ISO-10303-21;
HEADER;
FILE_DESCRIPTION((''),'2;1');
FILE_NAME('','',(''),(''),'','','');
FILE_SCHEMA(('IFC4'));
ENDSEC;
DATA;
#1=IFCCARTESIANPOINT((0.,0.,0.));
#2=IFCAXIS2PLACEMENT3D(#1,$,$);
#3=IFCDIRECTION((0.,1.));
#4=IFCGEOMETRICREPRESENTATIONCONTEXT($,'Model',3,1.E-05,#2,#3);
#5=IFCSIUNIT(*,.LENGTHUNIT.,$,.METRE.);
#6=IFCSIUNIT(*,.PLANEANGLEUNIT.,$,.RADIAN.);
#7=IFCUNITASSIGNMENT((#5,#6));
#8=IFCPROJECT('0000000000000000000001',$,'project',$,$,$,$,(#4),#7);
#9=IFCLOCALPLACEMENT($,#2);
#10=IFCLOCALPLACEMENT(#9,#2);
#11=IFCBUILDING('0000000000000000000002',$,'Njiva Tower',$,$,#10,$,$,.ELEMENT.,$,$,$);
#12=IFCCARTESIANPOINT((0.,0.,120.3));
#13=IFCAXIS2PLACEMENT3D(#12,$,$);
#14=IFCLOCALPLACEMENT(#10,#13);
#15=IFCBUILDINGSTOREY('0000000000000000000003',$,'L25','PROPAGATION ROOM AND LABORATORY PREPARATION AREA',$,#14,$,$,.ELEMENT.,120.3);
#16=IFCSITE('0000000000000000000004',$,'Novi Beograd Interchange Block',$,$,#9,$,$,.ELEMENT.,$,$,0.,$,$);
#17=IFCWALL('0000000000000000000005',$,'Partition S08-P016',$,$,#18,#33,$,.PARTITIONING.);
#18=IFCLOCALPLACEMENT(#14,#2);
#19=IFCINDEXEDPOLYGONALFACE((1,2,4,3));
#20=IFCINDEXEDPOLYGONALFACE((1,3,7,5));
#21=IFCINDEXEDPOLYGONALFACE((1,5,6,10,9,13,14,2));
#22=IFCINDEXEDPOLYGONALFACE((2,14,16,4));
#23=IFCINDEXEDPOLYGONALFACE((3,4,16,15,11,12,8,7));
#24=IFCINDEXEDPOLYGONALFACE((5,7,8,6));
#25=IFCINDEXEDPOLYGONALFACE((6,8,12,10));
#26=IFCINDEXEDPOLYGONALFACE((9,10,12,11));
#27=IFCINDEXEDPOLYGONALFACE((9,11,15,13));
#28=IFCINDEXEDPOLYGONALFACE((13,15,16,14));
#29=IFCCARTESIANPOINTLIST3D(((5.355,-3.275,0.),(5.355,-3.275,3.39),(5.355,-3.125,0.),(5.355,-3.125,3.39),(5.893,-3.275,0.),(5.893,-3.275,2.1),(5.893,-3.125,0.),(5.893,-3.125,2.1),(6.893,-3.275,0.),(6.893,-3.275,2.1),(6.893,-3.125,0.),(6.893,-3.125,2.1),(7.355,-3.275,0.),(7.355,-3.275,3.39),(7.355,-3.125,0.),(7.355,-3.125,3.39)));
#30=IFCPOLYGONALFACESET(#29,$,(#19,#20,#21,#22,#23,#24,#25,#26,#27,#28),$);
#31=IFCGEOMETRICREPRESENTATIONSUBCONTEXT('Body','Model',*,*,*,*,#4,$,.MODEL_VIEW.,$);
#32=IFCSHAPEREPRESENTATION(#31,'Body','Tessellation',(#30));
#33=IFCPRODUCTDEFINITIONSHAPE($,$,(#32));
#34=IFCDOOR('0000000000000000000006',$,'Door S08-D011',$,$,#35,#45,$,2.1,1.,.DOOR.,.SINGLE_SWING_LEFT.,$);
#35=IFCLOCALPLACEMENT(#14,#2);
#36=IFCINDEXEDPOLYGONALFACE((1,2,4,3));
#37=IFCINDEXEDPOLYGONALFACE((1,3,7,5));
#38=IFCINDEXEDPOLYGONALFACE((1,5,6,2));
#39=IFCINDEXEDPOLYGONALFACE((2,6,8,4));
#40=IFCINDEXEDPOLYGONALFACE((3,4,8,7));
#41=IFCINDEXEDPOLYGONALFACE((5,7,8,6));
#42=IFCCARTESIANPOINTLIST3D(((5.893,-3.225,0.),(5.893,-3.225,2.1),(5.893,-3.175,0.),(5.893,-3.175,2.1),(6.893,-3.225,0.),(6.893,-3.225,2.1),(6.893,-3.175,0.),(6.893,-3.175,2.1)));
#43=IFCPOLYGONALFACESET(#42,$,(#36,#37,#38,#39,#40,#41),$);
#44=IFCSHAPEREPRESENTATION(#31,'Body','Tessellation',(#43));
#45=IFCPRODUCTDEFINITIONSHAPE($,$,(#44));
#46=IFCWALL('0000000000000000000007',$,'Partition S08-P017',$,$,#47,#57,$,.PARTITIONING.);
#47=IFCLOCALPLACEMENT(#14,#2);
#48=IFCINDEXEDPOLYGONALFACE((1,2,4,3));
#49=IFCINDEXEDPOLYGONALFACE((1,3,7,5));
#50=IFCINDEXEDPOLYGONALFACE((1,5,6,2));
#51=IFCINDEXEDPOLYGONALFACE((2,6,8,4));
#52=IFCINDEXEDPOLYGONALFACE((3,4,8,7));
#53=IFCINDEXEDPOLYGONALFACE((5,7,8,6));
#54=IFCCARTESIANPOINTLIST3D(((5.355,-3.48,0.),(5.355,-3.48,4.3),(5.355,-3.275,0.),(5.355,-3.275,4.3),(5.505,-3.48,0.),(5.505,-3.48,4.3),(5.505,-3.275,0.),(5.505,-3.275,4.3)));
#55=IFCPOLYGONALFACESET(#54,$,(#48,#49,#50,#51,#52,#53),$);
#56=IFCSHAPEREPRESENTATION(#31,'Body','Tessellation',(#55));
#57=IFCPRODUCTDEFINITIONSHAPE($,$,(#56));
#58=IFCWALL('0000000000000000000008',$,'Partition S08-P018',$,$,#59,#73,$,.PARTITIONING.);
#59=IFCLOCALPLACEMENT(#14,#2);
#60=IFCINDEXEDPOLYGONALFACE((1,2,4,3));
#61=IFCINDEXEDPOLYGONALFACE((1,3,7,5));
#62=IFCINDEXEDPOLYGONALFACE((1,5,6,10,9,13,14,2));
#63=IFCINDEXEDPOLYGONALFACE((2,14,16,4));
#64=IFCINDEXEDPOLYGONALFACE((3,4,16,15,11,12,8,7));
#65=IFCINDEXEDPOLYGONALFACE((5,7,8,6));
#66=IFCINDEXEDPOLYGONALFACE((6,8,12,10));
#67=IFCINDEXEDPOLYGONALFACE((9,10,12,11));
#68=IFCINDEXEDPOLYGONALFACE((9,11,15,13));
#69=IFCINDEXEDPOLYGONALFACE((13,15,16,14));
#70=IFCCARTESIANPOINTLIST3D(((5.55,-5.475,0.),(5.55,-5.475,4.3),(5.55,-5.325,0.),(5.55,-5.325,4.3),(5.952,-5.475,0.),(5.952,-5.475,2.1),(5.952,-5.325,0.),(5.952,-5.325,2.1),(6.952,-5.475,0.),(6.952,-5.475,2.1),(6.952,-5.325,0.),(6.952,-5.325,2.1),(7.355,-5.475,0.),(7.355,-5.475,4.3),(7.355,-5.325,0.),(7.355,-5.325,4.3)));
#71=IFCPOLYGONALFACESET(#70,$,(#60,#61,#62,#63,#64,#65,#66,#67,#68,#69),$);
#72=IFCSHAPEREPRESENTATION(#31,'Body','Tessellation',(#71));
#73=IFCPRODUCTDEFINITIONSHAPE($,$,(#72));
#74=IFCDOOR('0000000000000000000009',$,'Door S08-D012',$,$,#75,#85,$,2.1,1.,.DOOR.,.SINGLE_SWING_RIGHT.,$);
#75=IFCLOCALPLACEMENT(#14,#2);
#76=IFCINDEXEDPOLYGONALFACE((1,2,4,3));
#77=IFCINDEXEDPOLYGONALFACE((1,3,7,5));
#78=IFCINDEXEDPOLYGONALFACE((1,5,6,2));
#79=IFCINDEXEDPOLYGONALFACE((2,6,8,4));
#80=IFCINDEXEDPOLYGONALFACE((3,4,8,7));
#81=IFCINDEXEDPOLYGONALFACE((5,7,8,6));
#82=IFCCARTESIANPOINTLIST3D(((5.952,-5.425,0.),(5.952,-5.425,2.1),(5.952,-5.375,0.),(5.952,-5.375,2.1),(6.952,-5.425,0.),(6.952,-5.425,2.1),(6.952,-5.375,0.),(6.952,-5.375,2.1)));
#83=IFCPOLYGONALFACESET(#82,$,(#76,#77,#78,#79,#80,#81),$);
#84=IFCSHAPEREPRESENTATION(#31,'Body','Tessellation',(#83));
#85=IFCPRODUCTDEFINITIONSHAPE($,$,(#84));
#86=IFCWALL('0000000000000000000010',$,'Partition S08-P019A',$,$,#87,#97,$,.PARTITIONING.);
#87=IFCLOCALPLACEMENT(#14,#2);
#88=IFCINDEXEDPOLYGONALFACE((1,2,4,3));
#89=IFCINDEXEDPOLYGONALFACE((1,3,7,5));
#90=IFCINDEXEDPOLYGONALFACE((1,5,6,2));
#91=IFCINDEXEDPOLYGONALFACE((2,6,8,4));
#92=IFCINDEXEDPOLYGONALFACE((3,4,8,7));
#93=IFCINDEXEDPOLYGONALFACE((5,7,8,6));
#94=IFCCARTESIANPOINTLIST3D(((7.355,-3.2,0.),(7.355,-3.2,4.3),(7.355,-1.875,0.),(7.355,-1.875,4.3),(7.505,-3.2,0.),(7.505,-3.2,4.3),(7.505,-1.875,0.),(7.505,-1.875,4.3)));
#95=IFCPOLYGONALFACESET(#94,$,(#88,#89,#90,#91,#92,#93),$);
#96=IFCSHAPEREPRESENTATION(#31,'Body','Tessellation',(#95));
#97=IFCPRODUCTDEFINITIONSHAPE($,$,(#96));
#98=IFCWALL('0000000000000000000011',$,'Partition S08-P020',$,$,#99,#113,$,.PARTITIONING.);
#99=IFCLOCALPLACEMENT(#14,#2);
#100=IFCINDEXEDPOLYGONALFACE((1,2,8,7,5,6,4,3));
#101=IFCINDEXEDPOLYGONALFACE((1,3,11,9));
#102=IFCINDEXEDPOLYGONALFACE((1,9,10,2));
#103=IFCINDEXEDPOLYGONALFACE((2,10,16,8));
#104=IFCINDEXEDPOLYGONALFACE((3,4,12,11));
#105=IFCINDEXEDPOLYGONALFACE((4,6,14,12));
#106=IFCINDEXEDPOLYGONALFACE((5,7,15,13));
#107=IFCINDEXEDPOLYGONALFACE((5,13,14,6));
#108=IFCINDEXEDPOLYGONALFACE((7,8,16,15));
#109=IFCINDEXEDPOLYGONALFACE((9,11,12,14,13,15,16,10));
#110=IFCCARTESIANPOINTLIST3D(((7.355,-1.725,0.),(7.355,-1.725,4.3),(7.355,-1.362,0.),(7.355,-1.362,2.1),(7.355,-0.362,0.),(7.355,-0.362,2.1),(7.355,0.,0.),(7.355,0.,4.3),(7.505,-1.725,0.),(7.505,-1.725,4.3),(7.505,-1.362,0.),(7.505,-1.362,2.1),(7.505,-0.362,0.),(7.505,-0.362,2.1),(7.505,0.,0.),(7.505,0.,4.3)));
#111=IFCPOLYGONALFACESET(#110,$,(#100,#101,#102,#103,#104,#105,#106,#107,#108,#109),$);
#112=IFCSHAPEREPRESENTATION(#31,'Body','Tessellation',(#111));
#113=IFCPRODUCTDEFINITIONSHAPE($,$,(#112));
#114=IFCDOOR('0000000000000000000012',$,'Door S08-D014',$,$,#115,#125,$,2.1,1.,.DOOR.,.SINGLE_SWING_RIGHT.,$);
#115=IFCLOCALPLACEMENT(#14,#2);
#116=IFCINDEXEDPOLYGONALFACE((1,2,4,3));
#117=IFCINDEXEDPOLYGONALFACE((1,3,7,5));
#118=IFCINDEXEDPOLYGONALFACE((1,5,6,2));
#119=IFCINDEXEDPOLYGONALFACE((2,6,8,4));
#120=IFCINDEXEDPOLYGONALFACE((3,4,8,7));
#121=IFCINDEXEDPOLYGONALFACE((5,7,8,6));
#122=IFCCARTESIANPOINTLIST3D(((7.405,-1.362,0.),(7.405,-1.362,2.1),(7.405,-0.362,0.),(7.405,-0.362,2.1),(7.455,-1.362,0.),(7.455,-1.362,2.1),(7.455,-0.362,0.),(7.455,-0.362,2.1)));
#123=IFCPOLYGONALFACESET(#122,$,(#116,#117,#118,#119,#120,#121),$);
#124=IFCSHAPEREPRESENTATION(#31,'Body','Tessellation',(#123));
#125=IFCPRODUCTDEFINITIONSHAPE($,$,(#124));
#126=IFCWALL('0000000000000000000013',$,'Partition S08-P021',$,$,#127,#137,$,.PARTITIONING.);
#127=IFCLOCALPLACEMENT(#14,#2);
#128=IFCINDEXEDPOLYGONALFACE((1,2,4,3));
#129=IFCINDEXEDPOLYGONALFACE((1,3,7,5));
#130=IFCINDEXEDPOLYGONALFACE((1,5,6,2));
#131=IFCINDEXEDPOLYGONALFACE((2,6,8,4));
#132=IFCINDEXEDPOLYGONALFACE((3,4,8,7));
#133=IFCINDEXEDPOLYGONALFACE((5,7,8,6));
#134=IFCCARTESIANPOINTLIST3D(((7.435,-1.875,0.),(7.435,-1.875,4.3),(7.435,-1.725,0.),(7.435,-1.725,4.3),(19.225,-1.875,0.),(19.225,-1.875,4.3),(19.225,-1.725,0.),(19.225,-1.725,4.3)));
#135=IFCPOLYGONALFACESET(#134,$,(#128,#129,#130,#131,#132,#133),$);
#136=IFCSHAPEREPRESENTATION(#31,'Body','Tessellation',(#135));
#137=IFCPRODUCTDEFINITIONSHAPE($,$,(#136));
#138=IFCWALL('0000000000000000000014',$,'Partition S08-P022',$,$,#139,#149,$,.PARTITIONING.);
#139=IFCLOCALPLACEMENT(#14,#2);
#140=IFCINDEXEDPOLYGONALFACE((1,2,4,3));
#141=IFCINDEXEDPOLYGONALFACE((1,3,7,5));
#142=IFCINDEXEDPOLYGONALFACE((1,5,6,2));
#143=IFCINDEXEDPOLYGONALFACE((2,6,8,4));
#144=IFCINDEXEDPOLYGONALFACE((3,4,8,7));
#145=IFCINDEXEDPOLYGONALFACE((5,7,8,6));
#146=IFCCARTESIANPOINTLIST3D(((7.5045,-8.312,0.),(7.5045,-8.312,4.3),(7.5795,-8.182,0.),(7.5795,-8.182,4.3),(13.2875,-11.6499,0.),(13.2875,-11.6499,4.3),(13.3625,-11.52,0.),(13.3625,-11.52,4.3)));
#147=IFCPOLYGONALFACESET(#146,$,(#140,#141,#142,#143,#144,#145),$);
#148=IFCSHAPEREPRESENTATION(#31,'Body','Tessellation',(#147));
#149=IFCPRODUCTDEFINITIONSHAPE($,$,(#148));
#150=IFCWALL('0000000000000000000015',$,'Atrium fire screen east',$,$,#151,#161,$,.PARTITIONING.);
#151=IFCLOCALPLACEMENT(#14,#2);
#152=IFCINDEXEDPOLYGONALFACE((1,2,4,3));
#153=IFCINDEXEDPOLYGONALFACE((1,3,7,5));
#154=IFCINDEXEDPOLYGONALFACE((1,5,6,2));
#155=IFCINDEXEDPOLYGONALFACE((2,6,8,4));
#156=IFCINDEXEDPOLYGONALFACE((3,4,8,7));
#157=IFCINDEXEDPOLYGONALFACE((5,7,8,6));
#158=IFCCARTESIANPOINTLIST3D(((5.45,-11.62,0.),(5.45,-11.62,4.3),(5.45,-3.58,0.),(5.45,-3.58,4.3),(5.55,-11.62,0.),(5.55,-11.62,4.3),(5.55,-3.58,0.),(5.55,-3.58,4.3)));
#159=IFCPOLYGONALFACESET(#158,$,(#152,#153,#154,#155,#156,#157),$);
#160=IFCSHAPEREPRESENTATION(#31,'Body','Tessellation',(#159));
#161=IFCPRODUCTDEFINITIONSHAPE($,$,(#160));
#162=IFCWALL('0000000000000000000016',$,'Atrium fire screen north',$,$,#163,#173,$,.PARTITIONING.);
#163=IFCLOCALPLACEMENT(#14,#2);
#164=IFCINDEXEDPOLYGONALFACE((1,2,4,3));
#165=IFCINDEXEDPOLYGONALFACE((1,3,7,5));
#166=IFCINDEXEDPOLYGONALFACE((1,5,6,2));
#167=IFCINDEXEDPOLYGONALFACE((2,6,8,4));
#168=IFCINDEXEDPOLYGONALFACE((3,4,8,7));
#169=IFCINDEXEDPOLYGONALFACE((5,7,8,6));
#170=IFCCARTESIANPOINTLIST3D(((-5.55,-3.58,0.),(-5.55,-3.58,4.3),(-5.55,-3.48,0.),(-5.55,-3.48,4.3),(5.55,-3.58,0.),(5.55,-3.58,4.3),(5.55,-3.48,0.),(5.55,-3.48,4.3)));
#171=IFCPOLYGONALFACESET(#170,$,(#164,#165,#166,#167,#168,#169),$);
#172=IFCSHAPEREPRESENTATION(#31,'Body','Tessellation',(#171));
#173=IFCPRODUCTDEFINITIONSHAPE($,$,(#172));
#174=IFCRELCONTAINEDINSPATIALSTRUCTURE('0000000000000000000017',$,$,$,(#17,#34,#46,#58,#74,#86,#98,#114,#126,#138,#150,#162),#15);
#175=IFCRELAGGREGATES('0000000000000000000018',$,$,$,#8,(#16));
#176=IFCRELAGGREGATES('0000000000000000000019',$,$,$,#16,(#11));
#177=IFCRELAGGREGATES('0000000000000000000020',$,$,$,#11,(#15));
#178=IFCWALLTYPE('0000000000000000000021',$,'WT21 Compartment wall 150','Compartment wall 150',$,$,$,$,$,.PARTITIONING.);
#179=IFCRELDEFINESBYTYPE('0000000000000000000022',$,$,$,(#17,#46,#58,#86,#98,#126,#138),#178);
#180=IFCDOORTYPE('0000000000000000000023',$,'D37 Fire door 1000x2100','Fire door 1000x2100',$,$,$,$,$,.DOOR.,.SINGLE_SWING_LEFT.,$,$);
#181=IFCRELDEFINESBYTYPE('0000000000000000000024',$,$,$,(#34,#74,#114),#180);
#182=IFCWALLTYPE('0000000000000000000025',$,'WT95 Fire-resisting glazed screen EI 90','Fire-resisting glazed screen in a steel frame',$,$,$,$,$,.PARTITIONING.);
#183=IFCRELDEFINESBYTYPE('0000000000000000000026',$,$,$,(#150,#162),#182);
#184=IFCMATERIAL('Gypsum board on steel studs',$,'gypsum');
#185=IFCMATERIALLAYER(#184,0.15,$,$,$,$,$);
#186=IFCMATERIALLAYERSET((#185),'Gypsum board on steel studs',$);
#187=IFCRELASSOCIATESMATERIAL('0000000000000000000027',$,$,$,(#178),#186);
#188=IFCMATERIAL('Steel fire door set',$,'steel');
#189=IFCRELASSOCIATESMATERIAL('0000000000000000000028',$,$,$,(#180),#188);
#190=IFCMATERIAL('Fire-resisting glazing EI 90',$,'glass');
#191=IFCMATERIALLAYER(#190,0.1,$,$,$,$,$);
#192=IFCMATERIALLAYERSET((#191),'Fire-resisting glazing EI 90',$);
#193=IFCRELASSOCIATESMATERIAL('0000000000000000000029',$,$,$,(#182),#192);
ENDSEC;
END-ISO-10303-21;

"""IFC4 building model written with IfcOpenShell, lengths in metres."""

from ifc_helpers import new_model, si_unit, direction, frame, frame_2d, origin, place, context, subcontext, project, spatial, rectangle, extrude, material, layer, layer_set, type_object, element, fill, save


model = new_model("IFC4")

# Units and contexts
model_context = context("Model", 3, precision=1e-05, world=origin(), true_north=direction((0.0, 1.0)))
body_context = subcontext(model_context, "Body", "Model", "MODEL_VIEW")
ifc_project = project(units=[si_unit("LENGTHUNIT", "METRE"), si_unit("PLANEANGLEUNIT", "RADIAN")], contexts=[model_context])

# Site, building, storey
site_placement = place(None, origin())
site = spatial("IfcSite", under=ifc_project, at=site_placement, Name="Novi Beograd Interchange Block", CompositionType="ELEMENT", RefElevation=0.0)
building_placement = place(site_placement, origin())
building = spatial("IfcBuilding", under=site, at=building_placement, Name="Njiva Tower", CompositionType="ELEMENT")
storey_placement = place(building_placement, frame((0.0, 0.0, 120.3)))
storey = spatial("IfcBuildingStorey", under=building, at=storey_placement, Name="L25", Description="PROPAGATION ROOM AND LABORATORY PREPARATION AREA", CompositionType="ELEMENT", Elevation=120.3)

# Wall, opening, door
ifc_material_1 = material(Name="Gypsum board on steel studs", Category="gypsum")
ifc_layer_1 = layer(ifc_material_1, 0.15)
ifc_layer_set_1 = layer_set([ifc_layer_1], Name="Gypsum board on steel studs")
wall_type_1 = type_object("IfcWallType", Name="WT21 Compartment wall 150", Description="Compartment wall 150", PredefinedType="PARTITIONING", material=ifc_layer_set_1)
wall_1_placement = place(storey_placement, frame((5.355, -3.2, 0.0), z_axis=(0.0, 0.0, 1.0), x_axis=(1.0, 0.0, 0.0)))
wall_1 = element("IfcWall", 1, at=wall_1_placement, inside=storey, type_object=wall_type_1, Name="Partition S08-P016", PredefinedType="PARTITIONING", context=body_context, shape_type="SweptSolid", body=[
    extrude(rectangle(XDim=2.0, YDim=0.15, at=frame_2d((1.0, 0.0))), origin(), (0.0, 0.0, 1.0), 3.39),
])
opening_1_placement = place(wall_1_placement, frame((0.538, 0.0, 0.0)))
opening_1 = element("IfcOpeningElement", 2, at=opening_1_placement, cuts=wall_1, PredefinedType="OPENING", context=body_context, shape_type="SweptSolid", body=[
    extrude(rectangle(XDim=1.0, YDim=2.1, at=frame_2d((0.5, 1.05))), frame((0.0, 0.085, 0.0), z_axis=(0.0, -1.0, 0.0), x_axis=(1.0, 0.0, 0.0)), (0.0, 0.0, 1.0), 0.17),
])
ifc_material_2 = material(Name="Steel fire door set", Category="steel")
door_type = type_object("IfcDoorType", Name="D37 Fire door 1000x2100", Description="Fire door 1000x2100", OperationType="SINGLE_SWING_LEFT", PredefinedType="DOOR", material=ifc_material_2)
door_1_placement = place(opening_1_placement, origin())
door_1 = element("IfcDoor", 3, at=door_1_placement, inside=storey, type_object=door_type, Name="Door S08-D011", OperationType="SINGLE_SWING_LEFT", OverallHeight=2.1, OverallWidth=1.0, PredefinedType="DOOR", context=body_context, shape_type="SweptSolid", body=[
    extrude(rectangle(XDim=1.0, YDim=2.1, at=frame_2d((0.5, 1.05))), frame((0.0, 0.025, 0.0), z_axis=(0.0, -1.0, 0.0), x_axis=(1.0, 0.0, 0.0)), (0.0, 0.0, 1.0), 0.05),
])
fill(opening_1, door_1)

# Wall
wall_2_placement = place(storey_placement, frame((5.43, -3.48, 0.0), z_axis=(0.0, 0.0, 1.0), x_axis=(0.0, 1.0, 0.0)))
element("IfcWall", 4, at=wall_2_placement, inside=storey, type_object=wall_type_1, Name="Partition S08-P017", PredefinedType="PARTITIONING", context=body_context, shape_type="SweptSolid", body=[
    extrude(rectangle(XDim=0.205, YDim=0.15, at=frame_2d((0.1025, 0.0))), origin(), (0.0, 0.0, 1.0), 4.3),
])

# Wall, opening, door
wall_3_placement = place(storey_placement, frame((5.55, -5.4, 0.0), z_axis=(0.0, 0.0, 1.0), x_axis=(1.0, 0.0, 0.0)))
wall_3 = element("IfcWall", 5, at=wall_3_placement, inside=storey, type_object=wall_type_1, Name="Partition S08-P018", PredefinedType="PARTITIONING", context=body_context, shape_type="SweptSolid", body=[
    extrude(rectangle(XDim=1.805, YDim=0.15, at=frame_2d((0.9025, 0.0))), origin(), (0.0, 0.0, 1.0), 4.3),
])
opening_2_placement = place(wall_3_placement, frame((0.402, 0.0, 0.0)))
opening_2 = element("IfcOpeningElement", 6, at=opening_2_placement, cuts=wall_3, PredefinedType="OPENING", context=body_context, shape_type="SweptSolid", body=[
    extrude(rectangle(XDim=1.0, YDim=2.1, at=frame_2d((0.5, 1.05))), frame((0.0, 0.085, 0.0), z_axis=(0.0, -1.0, 0.0), x_axis=(1.0, 0.0, 0.0)), (0.0, 0.0, 1.0), 0.17),
])
door_2_placement = place(opening_2_placement, origin())
door_2 = element("IfcDoor", 7, at=door_2_placement, inside=storey, type_object=door_type, Name="Door S08-D012", OperationType="SINGLE_SWING_RIGHT", OverallHeight=2.1, OverallWidth=1.0, PredefinedType="DOOR", context=body_context, shape_type="SweptSolid", body=[
    extrude(rectangle(XDim=1.0, YDim=2.1, at=frame_2d((0.5, 1.05))), frame((0.0, 0.025, 0.0), z_axis=(0.0, -1.0, 0.0), x_axis=(1.0, 0.0, 0.0)), (0.0, 0.0, 1.0), 0.05),
])
fill(opening_2, door_2)

# Wall
wall_4_placement = place(storey_placement, frame((7.43, -3.2, 0.0), z_axis=(0.0, 0.0, 1.0), x_axis=(0.0, 1.0, 0.0)))
element("IfcWall", 8, at=wall_4_placement, inside=storey, type_object=wall_type_1, Name="Partition S08-P019A", PredefinedType="PARTITIONING", context=body_context, shape_type="SweptSolid", body=[
    extrude(rectangle(XDim=1.325, YDim=0.15, at=frame_2d((0.6625, 0.0))), origin(), (0.0, 0.0, 1.0), 4.3),
])

# Wall, opening, door
wall_5_placement = place(storey_placement, frame((7.43, -1.725, 0.0), z_axis=(0.0, 0.0, 1.0), x_axis=(0.0, 1.0, 0.0)))
wall_5 = element("IfcWall", 9, at=wall_5_placement, inside=storey, type_object=wall_type_1, Name="Partition S08-P020", PredefinedType="PARTITIONING", context=body_context, shape_type="SweptSolid", body=[
    extrude(rectangle(XDim=1.725, YDim=0.15, at=frame_2d((0.8625, 0.0))), origin(), (0.0, 0.0, 1.0), 4.3),
])
opening_3_placement = place(wall_5_placement, frame((0.363, 0.0, 0.0)))
opening_3 = element("IfcOpeningElement", 10, at=opening_3_placement, cuts=wall_5, PredefinedType="OPENING", context=body_context, shape_type="SweptSolid", body=[
    extrude(rectangle(XDim=1.0, YDim=2.1, at=frame_2d((0.5, 1.05))), frame((0.0, 0.085, 0.0), z_axis=(0.0, -1.0, 0.0), x_axis=(1.0, 0.0, 0.0)), (0.0, 0.0, 1.0), 0.17),
])
door_3_placement = place(opening_3_placement, origin())
door_3 = element("IfcDoor", 11, at=door_3_placement, inside=storey, type_object=door_type, Name="Door S08-D014", OperationType="SINGLE_SWING_RIGHT", OverallHeight=2.1, OverallWidth=1.0, PredefinedType="DOOR", context=body_context, shape_type="SweptSolid", body=[
    extrude(rectangle(XDim=1.0, YDim=2.1, at=frame_2d((0.5, 1.05))), frame((0.0, 0.025, 0.0), z_axis=(0.0, -1.0, 0.0), x_axis=(1.0, 0.0, 0.0)), (0.0, 0.0, 1.0), 0.05),
])
fill(opening_3, door_3)

# Walls
wall_6_placement = place(storey_placement, frame((7.435, -1.8, 0.0), z_axis=(0.0, 0.0, 1.0), x_axis=(1.0, 0.0, 0.0)))
element("IfcWall", 12, at=wall_6_placement, inside=storey, type_object=wall_type_1, Name="Partition S08-P021", PredefinedType="PARTITIONING", context=body_context, shape_type="SweptSolid", body=[
    extrude(rectangle(XDim=11.79, YDim=0.15, at=frame_2d((5.895, 0.0))), origin(), (0.0, 0.0, 1.0), 4.3),
])
wall_7_placement = place(storey_placement, frame((7.542, -8.247, 0.0), z_axis=(0.0, 0.0, 1.0), x_axis=(0.866078, -0.499908, 0.0)))
element("IfcWall", 13, at=wall_7_placement, inside=storey, type_object=wall_type_1, Name="Partition S08-P022", PredefinedType="PARTITIONING", context=body_context, shape_type="SweptSolid", body=[
    extrude(rectangle(XDim=6.6772, YDim=0.15, at=frame_2d((3.3386, 0.0))), origin(), (0.0, 0.0, 1.0), 4.3),
])
ifc_material_3 = material(Name="Fire-resisting glazing EI 90", Category="glass")
ifc_layer_2 = layer(ifc_material_3, 0.1)
ifc_layer_set_2 = layer_set([ifc_layer_2], Name="Fire-resisting glazing EI 90")
wall_type_2 = type_object("IfcWallType", Name="WT95 Fire-resisting glazed screen EI 90", Description="Fire-resisting glazed screen in a steel frame", PredefinedType="PARTITIONING", material=ifc_layer_set_2)
wall_8_placement = place(storey_placement, frame((5.5, -11.62, 0.0), z_axis=(0.0, 0.0, 1.0), x_axis=(0.0, 1.0, 0.0)))
element("IfcWall", 14, at=wall_8_placement, inside=storey, type_object=wall_type_2, Name="Atrium fire screen east", PredefinedType="PARTITIONING", context=body_context, shape_type="SweptSolid", body=[
    extrude(rectangle(XDim=8.04, YDim=0.1, at=frame_2d((4.02, 0.0))), origin(), (0.0, 0.0, 1.0), 4.3),
])
wall_9_placement = place(storey_placement, frame((5.55, -3.53, 0.0), z_axis=(0.0, 0.0, 1.0), x_axis=(-1.0, 0.0, 0.0)))
element("IfcWall", 15, at=wall_9_placement, inside=storey, type_object=wall_type_2, Name="Atrium fire screen north", PredefinedType="PARTITIONING", context=body_context, shape_type="SweptSolid", body=[
    extrude(rectangle(XDim=11.1, YDim=0.1, at=frame_2d((5.55, 0.0))), origin(), (0.0, 0.0, 1.0), 4.3),
])

save(model, "model.ifc")
